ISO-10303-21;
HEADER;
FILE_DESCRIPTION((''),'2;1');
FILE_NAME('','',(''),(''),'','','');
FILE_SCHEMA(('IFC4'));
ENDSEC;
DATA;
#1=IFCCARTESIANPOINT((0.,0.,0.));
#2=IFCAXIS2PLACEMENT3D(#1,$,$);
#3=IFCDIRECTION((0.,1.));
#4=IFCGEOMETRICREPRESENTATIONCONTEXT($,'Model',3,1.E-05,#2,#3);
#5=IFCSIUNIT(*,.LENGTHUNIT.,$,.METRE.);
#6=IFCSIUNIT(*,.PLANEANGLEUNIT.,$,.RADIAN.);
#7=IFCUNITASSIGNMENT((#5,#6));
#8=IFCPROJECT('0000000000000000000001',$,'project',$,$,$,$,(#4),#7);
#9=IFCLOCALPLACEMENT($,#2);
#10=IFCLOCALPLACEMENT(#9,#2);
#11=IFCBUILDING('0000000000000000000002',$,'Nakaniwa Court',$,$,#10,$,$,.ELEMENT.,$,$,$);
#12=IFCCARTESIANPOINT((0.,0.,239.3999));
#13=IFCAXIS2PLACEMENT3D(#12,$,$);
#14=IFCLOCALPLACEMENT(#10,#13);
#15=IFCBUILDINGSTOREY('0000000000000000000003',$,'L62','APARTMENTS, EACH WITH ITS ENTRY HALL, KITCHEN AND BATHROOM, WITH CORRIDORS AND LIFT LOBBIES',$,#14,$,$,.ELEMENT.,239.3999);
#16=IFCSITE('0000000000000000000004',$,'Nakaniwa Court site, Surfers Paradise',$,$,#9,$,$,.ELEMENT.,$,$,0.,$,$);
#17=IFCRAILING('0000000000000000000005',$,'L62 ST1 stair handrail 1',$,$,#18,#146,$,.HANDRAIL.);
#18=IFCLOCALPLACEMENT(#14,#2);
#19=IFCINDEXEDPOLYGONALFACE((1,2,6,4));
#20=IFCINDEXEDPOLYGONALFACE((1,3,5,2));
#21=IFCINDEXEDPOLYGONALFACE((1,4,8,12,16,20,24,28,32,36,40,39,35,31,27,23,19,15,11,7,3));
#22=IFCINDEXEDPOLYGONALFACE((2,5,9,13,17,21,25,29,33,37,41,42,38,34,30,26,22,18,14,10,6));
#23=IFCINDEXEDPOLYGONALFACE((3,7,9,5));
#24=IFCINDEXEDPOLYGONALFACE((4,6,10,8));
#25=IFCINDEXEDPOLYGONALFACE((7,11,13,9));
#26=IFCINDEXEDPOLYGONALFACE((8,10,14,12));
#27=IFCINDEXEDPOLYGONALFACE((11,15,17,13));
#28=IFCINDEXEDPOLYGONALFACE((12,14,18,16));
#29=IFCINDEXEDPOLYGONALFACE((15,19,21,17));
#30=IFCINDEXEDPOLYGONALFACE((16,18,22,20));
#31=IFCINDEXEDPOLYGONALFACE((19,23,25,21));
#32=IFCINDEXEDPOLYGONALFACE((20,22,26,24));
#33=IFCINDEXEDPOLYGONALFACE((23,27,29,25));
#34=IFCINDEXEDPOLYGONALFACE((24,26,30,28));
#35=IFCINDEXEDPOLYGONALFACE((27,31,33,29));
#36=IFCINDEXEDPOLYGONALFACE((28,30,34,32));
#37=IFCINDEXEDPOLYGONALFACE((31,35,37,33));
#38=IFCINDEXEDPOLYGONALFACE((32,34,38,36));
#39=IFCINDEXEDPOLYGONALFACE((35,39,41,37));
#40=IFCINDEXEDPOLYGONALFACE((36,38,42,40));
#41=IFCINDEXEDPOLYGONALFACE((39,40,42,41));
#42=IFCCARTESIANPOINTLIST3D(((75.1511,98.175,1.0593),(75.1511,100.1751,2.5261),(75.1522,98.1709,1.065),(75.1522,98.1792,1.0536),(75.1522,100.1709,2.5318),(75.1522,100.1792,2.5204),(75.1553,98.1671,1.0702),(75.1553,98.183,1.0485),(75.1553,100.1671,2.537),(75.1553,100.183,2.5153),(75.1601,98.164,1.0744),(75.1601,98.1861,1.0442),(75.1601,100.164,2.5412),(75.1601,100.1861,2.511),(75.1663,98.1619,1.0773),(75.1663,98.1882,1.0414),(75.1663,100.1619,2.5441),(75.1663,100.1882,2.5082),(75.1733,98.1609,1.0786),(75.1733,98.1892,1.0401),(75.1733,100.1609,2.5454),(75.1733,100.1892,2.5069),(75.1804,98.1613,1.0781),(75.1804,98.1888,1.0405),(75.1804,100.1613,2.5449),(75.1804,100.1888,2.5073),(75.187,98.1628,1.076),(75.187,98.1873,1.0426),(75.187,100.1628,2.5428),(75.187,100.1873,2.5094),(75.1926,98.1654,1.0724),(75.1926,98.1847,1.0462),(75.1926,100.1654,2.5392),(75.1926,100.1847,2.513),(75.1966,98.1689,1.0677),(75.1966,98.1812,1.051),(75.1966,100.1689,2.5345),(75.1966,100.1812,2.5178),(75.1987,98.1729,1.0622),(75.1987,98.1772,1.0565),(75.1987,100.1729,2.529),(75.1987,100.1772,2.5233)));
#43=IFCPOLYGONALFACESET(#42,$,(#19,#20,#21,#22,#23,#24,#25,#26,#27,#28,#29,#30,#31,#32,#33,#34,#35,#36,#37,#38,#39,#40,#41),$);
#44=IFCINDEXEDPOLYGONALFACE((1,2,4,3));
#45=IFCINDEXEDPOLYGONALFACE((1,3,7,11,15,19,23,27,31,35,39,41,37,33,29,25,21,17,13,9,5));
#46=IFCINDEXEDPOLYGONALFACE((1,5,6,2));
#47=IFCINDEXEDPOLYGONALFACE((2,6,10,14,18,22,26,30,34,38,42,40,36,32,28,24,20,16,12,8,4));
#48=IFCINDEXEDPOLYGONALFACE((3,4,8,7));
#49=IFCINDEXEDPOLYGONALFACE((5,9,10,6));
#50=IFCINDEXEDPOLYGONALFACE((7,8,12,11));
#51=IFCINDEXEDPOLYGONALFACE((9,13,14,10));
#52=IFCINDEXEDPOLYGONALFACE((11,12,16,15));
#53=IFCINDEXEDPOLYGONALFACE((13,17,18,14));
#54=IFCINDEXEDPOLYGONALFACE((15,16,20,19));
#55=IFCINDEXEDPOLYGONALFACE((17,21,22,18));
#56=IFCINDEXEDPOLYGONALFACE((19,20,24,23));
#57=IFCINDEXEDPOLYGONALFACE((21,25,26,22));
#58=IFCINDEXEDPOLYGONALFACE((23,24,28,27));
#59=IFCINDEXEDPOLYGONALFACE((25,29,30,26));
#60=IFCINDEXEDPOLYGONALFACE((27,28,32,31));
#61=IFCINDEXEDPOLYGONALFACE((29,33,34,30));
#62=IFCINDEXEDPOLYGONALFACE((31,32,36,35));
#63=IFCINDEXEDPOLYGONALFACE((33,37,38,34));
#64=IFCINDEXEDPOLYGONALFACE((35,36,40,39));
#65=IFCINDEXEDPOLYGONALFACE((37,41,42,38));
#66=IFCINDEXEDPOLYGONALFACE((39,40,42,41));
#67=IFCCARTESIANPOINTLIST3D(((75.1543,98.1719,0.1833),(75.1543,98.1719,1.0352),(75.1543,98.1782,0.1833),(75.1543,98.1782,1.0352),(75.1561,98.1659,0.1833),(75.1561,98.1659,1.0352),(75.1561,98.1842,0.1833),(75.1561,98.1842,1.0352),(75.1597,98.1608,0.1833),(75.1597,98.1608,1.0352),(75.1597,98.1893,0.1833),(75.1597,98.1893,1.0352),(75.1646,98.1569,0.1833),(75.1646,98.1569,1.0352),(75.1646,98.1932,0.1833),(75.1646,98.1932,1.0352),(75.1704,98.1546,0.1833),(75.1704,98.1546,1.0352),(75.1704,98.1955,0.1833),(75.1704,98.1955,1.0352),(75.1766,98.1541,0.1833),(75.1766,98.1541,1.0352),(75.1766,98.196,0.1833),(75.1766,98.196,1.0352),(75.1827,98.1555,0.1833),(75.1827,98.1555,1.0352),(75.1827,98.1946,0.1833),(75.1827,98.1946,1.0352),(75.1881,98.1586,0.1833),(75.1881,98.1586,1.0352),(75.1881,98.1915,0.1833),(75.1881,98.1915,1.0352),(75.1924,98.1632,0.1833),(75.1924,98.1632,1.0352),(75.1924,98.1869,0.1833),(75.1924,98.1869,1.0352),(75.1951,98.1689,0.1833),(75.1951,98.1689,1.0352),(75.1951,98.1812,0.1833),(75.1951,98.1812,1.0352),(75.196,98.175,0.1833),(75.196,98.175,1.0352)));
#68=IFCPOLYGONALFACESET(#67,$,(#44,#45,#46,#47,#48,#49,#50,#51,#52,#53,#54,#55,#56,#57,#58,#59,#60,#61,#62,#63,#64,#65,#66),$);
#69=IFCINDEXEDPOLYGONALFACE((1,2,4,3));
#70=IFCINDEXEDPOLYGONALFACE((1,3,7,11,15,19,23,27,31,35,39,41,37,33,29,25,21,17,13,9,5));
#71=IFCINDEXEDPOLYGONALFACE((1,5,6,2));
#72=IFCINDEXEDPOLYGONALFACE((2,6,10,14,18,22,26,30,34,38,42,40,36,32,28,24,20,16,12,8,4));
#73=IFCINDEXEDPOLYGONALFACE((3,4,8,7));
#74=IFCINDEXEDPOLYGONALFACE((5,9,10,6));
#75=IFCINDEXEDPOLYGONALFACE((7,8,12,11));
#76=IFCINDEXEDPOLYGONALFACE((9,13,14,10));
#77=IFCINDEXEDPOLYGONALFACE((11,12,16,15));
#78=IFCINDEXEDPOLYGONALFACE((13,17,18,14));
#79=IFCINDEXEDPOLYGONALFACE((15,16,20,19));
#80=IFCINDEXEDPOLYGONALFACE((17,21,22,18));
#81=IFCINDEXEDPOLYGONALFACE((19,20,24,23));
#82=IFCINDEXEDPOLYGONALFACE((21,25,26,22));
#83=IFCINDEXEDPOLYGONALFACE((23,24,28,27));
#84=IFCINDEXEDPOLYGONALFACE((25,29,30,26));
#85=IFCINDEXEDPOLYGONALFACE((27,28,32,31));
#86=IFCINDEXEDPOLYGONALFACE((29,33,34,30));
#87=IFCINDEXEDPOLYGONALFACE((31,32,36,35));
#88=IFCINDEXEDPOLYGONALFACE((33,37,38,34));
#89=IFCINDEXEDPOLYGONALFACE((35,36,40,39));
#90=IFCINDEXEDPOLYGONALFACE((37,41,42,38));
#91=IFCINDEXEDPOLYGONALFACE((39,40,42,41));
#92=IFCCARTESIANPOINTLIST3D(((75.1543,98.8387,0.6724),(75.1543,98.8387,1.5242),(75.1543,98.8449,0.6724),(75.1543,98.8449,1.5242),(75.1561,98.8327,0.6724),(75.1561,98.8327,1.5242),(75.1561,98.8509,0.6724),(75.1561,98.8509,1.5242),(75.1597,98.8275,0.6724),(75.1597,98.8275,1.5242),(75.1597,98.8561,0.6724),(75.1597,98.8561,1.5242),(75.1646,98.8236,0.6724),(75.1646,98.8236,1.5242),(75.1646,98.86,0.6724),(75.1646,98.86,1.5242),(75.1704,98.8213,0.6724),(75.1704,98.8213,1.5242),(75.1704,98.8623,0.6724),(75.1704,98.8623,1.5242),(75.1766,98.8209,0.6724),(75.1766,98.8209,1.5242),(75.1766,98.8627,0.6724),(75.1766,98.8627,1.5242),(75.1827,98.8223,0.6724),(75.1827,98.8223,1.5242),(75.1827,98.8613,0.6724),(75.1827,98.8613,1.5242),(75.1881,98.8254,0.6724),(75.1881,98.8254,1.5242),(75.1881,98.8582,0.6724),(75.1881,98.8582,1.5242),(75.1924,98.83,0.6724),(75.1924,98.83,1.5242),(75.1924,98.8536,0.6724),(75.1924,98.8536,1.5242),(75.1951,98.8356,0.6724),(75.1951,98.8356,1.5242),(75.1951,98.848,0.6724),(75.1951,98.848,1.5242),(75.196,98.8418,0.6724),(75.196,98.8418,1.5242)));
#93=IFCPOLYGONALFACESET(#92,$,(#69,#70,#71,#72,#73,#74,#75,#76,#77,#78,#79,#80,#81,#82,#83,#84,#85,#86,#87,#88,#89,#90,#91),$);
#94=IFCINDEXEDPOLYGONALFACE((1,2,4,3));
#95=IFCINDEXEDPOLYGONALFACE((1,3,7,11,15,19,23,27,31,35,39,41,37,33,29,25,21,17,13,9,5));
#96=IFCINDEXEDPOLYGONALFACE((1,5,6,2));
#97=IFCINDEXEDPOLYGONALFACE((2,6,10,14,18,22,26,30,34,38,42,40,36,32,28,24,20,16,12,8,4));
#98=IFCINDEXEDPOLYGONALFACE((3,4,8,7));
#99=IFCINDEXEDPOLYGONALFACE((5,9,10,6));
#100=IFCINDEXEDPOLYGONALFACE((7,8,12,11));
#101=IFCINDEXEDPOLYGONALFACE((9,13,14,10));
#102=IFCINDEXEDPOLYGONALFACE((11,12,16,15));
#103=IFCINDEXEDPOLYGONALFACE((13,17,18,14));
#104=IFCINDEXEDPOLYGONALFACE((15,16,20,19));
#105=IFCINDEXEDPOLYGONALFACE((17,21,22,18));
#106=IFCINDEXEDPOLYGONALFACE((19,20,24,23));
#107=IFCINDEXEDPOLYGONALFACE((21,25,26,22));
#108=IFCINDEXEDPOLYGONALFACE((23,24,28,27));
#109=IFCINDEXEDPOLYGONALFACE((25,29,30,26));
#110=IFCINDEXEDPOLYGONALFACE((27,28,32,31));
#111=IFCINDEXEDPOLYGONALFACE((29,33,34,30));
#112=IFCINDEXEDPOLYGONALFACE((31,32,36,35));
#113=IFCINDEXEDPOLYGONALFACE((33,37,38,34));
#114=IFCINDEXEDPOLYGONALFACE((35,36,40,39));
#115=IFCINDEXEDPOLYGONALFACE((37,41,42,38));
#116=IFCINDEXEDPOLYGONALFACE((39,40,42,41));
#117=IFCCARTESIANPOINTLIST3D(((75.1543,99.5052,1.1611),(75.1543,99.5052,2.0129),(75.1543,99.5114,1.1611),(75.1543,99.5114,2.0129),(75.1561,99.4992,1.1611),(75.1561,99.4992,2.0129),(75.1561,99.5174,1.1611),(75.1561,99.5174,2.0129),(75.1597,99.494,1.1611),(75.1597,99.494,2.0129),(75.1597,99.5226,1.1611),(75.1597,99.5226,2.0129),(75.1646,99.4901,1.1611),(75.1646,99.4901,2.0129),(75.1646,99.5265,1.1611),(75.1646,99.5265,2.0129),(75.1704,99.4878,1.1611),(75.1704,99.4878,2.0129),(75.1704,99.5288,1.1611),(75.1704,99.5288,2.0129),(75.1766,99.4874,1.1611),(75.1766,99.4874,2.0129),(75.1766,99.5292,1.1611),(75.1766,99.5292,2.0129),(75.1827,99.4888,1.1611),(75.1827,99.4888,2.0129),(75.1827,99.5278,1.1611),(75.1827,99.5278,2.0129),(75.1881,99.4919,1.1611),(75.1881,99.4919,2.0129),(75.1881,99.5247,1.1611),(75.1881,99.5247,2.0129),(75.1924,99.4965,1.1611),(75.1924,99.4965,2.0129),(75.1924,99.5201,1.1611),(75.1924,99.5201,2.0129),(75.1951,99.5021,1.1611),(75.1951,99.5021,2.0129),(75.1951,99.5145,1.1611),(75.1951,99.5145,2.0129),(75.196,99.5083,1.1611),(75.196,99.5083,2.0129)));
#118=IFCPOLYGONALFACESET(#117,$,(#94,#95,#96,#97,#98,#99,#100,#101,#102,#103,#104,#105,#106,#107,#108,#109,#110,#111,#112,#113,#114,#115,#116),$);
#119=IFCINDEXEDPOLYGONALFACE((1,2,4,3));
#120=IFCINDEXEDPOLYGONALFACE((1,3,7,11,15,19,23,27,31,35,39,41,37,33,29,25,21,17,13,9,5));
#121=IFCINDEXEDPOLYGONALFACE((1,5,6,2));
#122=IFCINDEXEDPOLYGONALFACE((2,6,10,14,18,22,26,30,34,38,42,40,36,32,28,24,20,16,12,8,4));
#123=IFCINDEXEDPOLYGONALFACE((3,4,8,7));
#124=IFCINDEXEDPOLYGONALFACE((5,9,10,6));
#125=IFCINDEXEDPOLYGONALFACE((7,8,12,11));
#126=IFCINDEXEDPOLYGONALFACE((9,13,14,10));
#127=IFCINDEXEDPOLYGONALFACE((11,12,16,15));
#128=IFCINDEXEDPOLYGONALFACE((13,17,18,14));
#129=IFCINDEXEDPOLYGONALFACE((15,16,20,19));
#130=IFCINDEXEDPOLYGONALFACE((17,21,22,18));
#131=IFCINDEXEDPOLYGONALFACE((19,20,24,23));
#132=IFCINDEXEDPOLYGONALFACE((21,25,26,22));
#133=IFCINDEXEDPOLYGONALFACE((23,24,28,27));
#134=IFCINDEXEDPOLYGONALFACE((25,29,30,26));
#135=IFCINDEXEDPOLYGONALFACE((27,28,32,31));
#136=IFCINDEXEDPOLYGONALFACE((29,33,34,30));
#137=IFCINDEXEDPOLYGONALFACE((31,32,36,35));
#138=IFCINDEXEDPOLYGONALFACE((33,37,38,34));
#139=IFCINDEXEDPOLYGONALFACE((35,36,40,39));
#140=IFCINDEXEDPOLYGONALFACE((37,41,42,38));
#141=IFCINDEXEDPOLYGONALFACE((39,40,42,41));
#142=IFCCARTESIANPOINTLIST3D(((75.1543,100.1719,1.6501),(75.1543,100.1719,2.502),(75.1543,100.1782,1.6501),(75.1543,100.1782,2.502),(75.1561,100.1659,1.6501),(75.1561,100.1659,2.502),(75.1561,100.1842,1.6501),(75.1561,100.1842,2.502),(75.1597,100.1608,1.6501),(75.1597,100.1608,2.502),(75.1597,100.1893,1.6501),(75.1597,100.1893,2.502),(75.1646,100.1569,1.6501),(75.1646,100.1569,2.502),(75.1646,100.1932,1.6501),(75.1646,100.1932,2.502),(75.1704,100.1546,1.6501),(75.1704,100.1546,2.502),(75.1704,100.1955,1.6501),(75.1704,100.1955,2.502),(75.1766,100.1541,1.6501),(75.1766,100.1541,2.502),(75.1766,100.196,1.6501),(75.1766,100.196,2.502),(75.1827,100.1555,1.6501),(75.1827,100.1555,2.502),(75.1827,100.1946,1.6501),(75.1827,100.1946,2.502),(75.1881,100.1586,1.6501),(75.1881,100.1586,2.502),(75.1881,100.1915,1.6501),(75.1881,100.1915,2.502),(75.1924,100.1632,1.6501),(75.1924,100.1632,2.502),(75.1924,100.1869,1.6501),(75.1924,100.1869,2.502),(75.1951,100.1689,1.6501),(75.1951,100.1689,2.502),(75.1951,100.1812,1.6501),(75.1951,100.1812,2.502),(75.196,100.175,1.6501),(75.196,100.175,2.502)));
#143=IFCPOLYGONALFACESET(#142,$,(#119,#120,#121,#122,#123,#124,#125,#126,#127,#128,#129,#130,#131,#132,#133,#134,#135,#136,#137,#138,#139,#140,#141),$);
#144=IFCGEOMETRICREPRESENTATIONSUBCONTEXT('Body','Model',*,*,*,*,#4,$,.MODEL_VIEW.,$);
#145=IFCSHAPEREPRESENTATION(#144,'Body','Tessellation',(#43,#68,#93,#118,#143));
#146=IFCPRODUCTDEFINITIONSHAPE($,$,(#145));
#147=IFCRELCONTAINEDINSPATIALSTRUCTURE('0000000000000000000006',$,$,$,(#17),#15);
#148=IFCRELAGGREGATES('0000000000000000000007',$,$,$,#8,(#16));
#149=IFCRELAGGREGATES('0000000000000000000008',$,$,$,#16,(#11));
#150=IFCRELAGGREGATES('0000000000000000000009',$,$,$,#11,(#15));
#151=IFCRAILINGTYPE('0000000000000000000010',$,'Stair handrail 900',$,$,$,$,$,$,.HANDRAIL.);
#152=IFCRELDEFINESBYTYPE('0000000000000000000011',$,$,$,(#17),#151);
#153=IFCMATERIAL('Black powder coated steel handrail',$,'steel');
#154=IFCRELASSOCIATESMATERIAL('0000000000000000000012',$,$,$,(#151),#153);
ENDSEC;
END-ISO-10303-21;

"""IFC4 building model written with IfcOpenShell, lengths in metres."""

from ifc_helpers import new_model, si_unit, direction, frame, origin, origin_2d, place, context, subcontext, project, spatial, circle, extrude, material, type_object, element, save


model = new_model("IFC4")

# Units and contexts
model_context = context("Model", 3, precision=1e-05, world=origin(), true_north=direction((0.0, 1.0)))
body_context = subcontext(model_context, "Body", "Model", "MODEL_VIEW")
ifc_project = project(units=[si_unit("LENGTHUNIT", "METRE"), si_unit("PLANEANGLEUNIT", "RADIAN")], contexts=[model_context])

# Site, building, storey
site_placement = place(None, origin())
site = spatial("IfcSite", under=ifc_project, at=site_placement, Name="Nakaniwa Court site, Surfers Paradise", CompositionType="ELEMENT", RefElevation=0.0)
building_placement = place(site_placement, origin())
building = spatial("IfcBuilding", under=site, at=building_placement, Name="Nakaniwa Court", CompositionType="ELEMENT")
storey_placement = place(building_placement, frame((0.0, 0.0, 239.3999)))
storey = spatial("IfcBuildingStorey", under=building, at=storey_placement, Name="L62", Description="APARTMENTS, EACH WITH ITS ENTRY HALL, KITCHEN AND BATHROOM, WITH CORRIDORS AND LIFT LOBBIES", CompositionType="ELEMENT", Elevation=239.3999)

# Railing
ifc_material_1 = material(Name="Black powder coated steel handrail", Category="steel")
railing_type_1 = type_object("IfcRailingType", Name="Stair handrail 900", PredefinedType="HANDRAIL", material=ifc_material_1)
railing_1_placement = place(storey_placement, frame((75.175, 98.175, 0.1833)))
element("IfcRailing", 1, at=railing_1_placement, inside=storey, type_object=railing_type_1, Name="L62 ST1 stair handrail 1", PredefinedType="HANDRAIL", context=body_context, shape_type="SweptSolid", body=[
    extrude(circle(Radius=0.0239, at=origin_2d()), frame((0.0, 0.0, 0.876), z_axis=(0.0, 0.80638, 0.591398), x_axis=(-1.0, 0.0, 0.0)), (0.0, 0.0, 1.0), 2.4802),
    extrude(circle(Radius=0.021, at=origin_2d()), origin(), (0.0, 0.0, 1.0), 0.8518),
    extrude(circle(Radius=0.021, at=origin_2d()), frame((0.0, 0.6667, 0.489)), (0.0, 0.0, 1.0), 0.8518),
    extrude(circle(Radius=0.021, at=origin_2d()), frame((0.0, 1.3333, 0.9778)), (0.0, 0.0, 1.0), 0.8518),
    extrude(circle(Radius=0.021, at=origin_2d()), frame((0.0, 2.0, 1.4668)), (0.0, 0.0, 1.0), 0.8518),
])

save(model, "model.ifc")
